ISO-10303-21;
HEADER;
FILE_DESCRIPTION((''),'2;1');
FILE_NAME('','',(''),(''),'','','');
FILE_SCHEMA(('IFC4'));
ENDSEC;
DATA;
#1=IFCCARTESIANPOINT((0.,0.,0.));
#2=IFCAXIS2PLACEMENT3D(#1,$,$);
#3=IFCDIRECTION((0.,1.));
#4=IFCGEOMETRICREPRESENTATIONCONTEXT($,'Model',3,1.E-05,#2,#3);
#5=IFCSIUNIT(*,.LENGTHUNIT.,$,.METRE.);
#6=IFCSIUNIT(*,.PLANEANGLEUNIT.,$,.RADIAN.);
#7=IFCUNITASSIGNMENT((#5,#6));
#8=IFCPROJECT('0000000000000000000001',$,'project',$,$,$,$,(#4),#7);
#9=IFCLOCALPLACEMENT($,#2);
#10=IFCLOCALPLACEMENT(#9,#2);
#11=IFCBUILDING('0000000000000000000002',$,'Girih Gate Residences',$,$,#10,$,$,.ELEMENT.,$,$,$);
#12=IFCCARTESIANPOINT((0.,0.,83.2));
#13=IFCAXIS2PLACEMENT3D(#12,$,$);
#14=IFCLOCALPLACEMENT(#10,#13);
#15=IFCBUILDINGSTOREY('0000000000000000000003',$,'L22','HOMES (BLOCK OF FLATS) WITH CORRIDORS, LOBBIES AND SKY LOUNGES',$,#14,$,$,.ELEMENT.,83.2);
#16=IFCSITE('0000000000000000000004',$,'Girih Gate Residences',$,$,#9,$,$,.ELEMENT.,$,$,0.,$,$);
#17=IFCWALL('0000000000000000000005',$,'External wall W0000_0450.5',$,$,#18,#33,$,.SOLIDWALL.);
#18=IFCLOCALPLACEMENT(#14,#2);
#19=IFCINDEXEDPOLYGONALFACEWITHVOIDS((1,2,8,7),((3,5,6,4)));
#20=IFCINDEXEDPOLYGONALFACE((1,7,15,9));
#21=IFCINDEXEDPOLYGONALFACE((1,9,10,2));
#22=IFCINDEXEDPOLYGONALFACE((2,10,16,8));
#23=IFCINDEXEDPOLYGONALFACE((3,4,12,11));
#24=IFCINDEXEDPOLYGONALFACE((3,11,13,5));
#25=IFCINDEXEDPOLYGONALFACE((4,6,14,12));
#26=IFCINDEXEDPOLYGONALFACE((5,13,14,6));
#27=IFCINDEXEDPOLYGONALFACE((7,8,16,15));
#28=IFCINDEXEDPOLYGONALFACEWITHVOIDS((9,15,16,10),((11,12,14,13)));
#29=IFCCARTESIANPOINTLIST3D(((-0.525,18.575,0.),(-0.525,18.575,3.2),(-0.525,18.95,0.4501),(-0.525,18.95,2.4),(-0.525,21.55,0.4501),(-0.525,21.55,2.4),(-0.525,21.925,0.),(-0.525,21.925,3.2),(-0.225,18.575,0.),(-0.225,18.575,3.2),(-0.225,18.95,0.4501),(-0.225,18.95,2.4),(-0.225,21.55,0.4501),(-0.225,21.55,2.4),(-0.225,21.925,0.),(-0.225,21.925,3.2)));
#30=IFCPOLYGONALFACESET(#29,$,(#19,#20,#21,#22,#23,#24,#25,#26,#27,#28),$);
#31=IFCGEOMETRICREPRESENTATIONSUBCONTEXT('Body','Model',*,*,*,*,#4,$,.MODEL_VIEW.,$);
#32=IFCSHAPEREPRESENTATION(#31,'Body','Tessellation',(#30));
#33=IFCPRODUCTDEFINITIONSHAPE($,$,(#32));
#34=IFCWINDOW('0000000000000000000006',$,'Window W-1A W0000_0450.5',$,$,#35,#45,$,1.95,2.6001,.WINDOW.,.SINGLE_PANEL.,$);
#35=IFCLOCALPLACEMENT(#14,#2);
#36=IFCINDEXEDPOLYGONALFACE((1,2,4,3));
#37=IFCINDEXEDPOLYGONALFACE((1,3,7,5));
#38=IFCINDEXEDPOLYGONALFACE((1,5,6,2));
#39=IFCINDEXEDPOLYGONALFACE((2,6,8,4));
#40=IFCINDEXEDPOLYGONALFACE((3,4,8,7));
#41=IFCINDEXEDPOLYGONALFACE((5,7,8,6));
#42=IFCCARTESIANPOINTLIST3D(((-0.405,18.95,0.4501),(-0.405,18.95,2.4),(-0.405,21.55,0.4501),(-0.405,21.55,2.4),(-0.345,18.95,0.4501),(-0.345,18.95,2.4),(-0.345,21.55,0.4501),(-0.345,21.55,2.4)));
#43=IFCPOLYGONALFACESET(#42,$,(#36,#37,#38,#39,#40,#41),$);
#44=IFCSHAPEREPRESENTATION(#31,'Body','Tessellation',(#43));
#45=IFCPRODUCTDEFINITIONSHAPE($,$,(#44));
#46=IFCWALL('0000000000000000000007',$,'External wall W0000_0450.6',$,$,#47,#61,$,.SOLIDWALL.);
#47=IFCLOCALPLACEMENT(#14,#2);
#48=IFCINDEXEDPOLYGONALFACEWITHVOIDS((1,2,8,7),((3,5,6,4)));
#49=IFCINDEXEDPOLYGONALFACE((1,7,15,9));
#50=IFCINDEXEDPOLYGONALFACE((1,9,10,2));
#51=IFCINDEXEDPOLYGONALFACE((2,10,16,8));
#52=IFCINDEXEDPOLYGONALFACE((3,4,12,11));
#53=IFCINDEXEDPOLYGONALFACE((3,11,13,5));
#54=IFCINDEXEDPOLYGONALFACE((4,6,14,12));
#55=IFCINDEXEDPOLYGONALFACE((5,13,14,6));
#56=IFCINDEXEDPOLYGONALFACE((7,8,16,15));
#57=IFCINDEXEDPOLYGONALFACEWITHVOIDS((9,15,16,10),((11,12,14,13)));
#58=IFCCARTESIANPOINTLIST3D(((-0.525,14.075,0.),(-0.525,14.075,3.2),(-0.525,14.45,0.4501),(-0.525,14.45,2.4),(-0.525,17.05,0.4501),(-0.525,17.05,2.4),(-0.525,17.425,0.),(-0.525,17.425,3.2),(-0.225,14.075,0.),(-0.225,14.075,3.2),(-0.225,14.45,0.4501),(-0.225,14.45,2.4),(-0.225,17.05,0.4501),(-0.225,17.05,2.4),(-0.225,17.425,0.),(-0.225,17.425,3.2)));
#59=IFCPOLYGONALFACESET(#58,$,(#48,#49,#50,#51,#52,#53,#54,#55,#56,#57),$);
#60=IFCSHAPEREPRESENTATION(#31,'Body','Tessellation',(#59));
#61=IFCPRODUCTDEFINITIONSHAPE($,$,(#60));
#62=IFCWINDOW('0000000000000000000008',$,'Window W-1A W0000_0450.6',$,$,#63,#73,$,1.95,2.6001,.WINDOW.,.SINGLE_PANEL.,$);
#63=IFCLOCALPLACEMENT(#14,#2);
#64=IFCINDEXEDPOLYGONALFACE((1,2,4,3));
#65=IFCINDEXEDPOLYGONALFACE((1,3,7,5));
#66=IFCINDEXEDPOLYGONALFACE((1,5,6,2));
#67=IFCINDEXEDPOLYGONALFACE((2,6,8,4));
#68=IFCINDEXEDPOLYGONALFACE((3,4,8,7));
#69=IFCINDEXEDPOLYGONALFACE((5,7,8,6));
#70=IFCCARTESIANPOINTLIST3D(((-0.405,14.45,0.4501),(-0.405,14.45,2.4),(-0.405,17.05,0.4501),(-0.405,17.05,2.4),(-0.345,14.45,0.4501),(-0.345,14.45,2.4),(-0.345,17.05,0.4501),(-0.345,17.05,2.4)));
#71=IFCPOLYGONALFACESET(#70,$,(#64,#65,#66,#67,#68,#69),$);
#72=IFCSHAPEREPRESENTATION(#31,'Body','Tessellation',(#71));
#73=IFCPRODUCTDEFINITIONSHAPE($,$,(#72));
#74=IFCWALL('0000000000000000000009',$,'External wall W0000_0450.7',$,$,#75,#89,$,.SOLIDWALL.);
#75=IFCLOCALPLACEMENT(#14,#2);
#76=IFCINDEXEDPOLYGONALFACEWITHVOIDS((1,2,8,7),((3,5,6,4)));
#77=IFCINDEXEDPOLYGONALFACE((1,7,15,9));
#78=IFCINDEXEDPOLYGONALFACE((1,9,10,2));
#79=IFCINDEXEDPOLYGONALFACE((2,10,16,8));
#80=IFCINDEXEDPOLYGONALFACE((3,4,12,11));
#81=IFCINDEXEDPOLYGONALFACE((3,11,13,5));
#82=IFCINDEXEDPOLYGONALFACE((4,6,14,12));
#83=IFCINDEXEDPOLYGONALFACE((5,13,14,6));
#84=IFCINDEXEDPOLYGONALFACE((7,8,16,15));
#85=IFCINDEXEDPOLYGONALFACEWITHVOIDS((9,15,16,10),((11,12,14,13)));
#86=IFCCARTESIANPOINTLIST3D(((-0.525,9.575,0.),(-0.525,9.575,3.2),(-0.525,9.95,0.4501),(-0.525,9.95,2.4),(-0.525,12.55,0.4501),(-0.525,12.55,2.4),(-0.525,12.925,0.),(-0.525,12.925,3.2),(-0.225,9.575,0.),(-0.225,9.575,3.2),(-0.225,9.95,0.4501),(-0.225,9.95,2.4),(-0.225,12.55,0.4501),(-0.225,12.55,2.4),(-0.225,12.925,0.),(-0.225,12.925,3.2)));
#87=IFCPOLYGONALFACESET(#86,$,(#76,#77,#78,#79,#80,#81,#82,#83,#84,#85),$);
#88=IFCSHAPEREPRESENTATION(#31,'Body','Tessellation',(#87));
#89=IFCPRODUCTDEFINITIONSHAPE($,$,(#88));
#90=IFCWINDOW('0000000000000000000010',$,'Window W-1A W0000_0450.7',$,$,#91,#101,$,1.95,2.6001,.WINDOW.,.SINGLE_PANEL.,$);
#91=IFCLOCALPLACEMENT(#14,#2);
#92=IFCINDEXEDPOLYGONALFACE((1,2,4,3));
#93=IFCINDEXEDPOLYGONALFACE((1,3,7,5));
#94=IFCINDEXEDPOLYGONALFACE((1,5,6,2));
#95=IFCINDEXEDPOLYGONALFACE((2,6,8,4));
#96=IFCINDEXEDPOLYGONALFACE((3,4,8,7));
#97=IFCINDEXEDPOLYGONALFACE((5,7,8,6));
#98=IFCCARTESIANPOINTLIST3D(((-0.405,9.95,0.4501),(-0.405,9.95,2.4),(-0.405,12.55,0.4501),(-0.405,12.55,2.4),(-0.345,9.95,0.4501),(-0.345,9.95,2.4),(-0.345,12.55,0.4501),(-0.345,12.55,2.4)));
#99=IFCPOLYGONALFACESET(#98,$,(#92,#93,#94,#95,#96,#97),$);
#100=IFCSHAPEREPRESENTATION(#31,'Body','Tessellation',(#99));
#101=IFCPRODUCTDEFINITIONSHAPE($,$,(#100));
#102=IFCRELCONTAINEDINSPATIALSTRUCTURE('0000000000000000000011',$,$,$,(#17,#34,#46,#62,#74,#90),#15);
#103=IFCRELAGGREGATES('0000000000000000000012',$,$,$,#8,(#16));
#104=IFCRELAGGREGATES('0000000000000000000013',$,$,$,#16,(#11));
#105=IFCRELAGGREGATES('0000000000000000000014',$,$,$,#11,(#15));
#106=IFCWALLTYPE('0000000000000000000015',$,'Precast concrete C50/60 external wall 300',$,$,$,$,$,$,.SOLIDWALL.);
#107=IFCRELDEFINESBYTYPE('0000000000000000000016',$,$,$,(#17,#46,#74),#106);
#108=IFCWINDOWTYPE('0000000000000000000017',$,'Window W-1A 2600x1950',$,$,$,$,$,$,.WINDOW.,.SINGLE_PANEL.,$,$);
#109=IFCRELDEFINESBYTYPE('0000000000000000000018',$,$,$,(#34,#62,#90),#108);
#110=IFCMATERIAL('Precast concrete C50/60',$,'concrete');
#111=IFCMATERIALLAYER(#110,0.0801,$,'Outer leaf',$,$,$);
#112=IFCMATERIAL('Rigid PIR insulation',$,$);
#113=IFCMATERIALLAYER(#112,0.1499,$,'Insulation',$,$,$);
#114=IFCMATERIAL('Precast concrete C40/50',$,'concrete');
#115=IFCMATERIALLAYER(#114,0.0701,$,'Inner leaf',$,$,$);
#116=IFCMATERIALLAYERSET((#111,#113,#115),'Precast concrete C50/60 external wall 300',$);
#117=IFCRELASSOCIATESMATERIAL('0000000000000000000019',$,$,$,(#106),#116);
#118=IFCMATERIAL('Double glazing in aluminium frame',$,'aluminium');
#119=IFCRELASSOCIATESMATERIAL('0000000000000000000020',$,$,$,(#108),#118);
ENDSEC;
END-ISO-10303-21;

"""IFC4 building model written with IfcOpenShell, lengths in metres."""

from ifc_helpers import new_model, si_unit, direction, frame, frame_2d, origin, place, context, subcontext, project, spatial, rectangle, extrude, material, layer, layer_set, type_object, element, fill, save


model = new_model("IFC4")

# Units and contexts
model_context = context("Model", 3, precision=1e-05, world=origin(), true_north=direction((0.0, 1.0)))
body_context = subcontext(model_context, "Body", "Model", "MODEL_VIEW")
ifc_project = project(units=[si_unit("LENGTHUNIT", "METRE"), si_unit("PLANEANGLEUNIT", "RADIAN")], contexts=[model_context])

# Site, building, storey
site_placement = place(None, origin())
site = spatial("IfcSite", under=ifc_project, at=site_placement, Name="Girih Gate Residences", CompositionType="ELEMENT", RefElevation=0.0)
building_placement = place(site_placement, origin())
building = spatial("IfcBuilding", under=site, at=building_placement, Name="Girih Gate Residences", CompositionType="ELEMENT")
storey_placement = place(building_placement, frame((0.0, 0.0, 83.2)))
storey = spatial("IfcBuildingStorey", under=building, at=storey_placement, Name="L22", Description="HOMES (BLOCK OF FLATS) WITH CORRIDORS, LOBBIES AND SKY LOUNGES", CompositionType="ELEMENT", Elevation=83.2)

# Walls, openings, windows
ifc_material_1 = material(Name="Precast concrete C50/60", Category="concrete")
ifc_layer_1 = layer(ifc_material_1, 0.0801, Name="Outer leaf")
ifc_material_2 = material(Name="Rigid PIR insulation")
ifc_layer_2 = layer(ifc_material_2, 0.1499, Name="Insulation")
ifc_material_3 = material(Name="Precast concrete C40/50", Category="concrete")
ifc_layer_3 = layer(ifc_material_3, 0.0701, Name="Inner leaf")
ifc_layer_set_1 = layer_set([ifc_layer_1, ifc_layer_2, ifc_layer_3], Name="Precast concrete C50/60 external wall 300")
wall_type_1 = type_object("IfcWallType", Name="Precast concrete C50/60 external wall 300", PredefinedType="SOLIDWALL", material=ifc_layer_set_1)
wall_1_placement = place(storey_placement, frame((-0.375, 18.575, 0.0), z_axis=(0.0, 0.0, 1.0), x_axis=(0.0, 1.0, 0.0)))
wall_1 = element("IfcWall", 1, at=wall_1_placement, inside=storey, type_object=wall_type_1, Name="External wall W0000_0450.5", PredefinedType="SOLIDWALL", context=body_context, shape_type="SweptSolid", body=[
    extrude(rectangle(XDim=3.3501, YDim=0.3, at=frame_2d((1.675, 0.0))), origin(), (0.0, 0.0, 1.0), 3.2),
])
opening_1_placement = place(wall_1_placement, frame((0.375, 0.0, 0.45)))
opening_1 = element("IfcOpeningElement", 2, at=opening_1_placement, cuts=wall_1, PredefinedType="OPENING", context=body_context, shape_type="SweptSolid", body=[
    extrude(rectangle(XDim=2.6001, YDim=1.95, at=frame_2d((1.3, 0.9751))), frame((0.0, 0.1599, 0.0), z_axis=(0.0, -1.0, 0.0), x_axis=(1.0, 0.0, 0.0)), (0.0, 0.0, 1.0), 0.3201),
])
ifc_material_4 = material(Name="Double glazing in aluminium frame", Category="aluminium")
window_type = type_object("IfcWindowType", Name="Window W-1A 2600x1950", PartitioningType="SINGLE_PANEL", PredefinedType="WINDOW", material=ifc_material_4)
window_1_placement = place(opening_1_placement, origin())
window_1 = element("IfcWindow", 3, at=window_1_placement, inside=storey, type_object=window_type, Name="Window W-1A W0000_0450.5", OverallHeight=1.95, OverallWidth=2.6001, PartitioningType="SINGLE_PANEL", PredefinedType="WINDOW", context=body_context, shape_type="SweptSolid", body=[
    extrude(rectangle(XDim=2.6001, YDim=1.95, at=frame_2d((1.3, 0.9751))), frame((0.0, 0.03, 0.0), z_axis=(0.0, -1.0, 0.0), x_axis=(1.0, 0.0, 0.0)), (0.0, 0.0, 1.0), 0.0601),
])
fill(opening_1, window_1)
wall_2_placement = place(storey_placement, frame((-0.375, 14.075, 0.0), z_axis=(0.0, 0.0, 1.0), x_axis=(0.0, 1.0, 0.0)))
wall_2 = element("IfcWall", 4, at=wall_2_placement, inside=storey, type_object=wall_type_1, Name="External wall W0000_0450.6", PredefinedType="SOLIDWALL", context=body_context, shape_type="SweptSolid", body=[
    extrude(rectangle(XDim=3.3501, YDim=0.3, at=frame_2d((1.675, 0.0))), origin(), (0.0, 0.0, 1.0), 3.2),
])
opening_2_placement = place(wall_2_placement, frame((0.375, 0.0, 0.45)))
opening_2 = element("IfcOpeningElement", 5, at=opening_2_placement, cuts=wall_2, PredefinedType="OPENING", context=body_context, shape_type="SweptSolid", body=[
    extrude(rectangle(XDim=2.6001, YDim=1.95, at=frame_2d((1.3, 0.9751))), frame((0.0, 0.1599, 0.0), z_axis=(0.0, -1.0, 0.0), x_axis=(1.0, 0.0, 0.0)), (0.0, 0.0, 1.0), 0.3201),
])
window_2_placement = place(opening_2_placement, origin())
window_2 = element("IfcWindow", 6, at=window_2_placement, inside=storey, type_object=window_type, Name="Window W-1A W0000_0450.6", OverallHeight=1.95, OverallWidth=2.6001, PartitioningType="SINGLE_PANEL", PredefinedType="WINDOW", context=body_context, shape_type="SweptSolid", body=[
    extrude(rectangle(XDim=2.6001, YDim=1.95, at=frame_2d((1.3, 0.9751))), frame((0.0, 0.03, 0.0), z_axis=(0.0, -1.0, 0.0), x_axis=(1.0, 0.0, 0.0)), (0.0, 0.0, 1.0), 0.0601),
])
fill(opening_2, window_2)
wall_3_placement = place(storey_placement, frame((-0.375, 9.575, 0.0), z_axis=(0.0, 0.0, 1.0), x_axis=(0.0, 1.0, 0.0)))
wall_3 = element("IfcWall", 7, at=wall_3_placement, inside=storey, type_object=wall_type_1, Name="External wall W0000_0450.7", PredefinedType="SOLIDWALL", context=body_context, shape_type="SweptSolid", body=[
    extrude(rectangle(XDim=3.3501, YDim=0.3, at=frame_2d((1.675, 0.0))), origin(), (0.0, 0.0, 1.0), 3.2),
])
opening_3_placement = place(wall_3_placement, frame((0.375, 0.0, 0.45)))
opening_3 = element("IfcOpeningElement", 8, at=opening_3_placement, cuts=wall_3, PredefinedType="OPENING", context=body_context, shape_type="SweptSolid", body=[
    extrude(rectangle(XDim=2.6001, YDim=1.95, at=frame_2d((1.3, 0.9751))), frame((0.0, 0.1599, 0.0), z_axis=(0.0, -1.0, 0.0), x_axis=(1.0, 0.0, 0.0)), (0.0, 0.0, 1.0), 0.3201),
])
window_3_placement = place(opening_3_placement, origin())
window_3 = element("IfcWindow", 9, at=window_3_placement, inside=storey, type_object=window_type, Name="Window W-1A W0000_0450.7", OverallHeight=1.95, OverallWidth=2.6001, PartitioningType="SINGLE_PANEL", PredefinedType="WINDOW", context=body_context, shape_type="SweptSolid", body=[
    extrude(rectangle(XDim=2.6001, YDim=1.95, at=frame_2d((1.3, 0.9751))), frame((0.0, 0.03, 0.0), z_axis=(0.0, -1.0, 0.0), x_axis=(1.0, 0.0, 0.0)), (0.0, 0.0, 1.0), 0.0601),
])
fill(opening_3, window_3)

save(model, "model.ifc")
